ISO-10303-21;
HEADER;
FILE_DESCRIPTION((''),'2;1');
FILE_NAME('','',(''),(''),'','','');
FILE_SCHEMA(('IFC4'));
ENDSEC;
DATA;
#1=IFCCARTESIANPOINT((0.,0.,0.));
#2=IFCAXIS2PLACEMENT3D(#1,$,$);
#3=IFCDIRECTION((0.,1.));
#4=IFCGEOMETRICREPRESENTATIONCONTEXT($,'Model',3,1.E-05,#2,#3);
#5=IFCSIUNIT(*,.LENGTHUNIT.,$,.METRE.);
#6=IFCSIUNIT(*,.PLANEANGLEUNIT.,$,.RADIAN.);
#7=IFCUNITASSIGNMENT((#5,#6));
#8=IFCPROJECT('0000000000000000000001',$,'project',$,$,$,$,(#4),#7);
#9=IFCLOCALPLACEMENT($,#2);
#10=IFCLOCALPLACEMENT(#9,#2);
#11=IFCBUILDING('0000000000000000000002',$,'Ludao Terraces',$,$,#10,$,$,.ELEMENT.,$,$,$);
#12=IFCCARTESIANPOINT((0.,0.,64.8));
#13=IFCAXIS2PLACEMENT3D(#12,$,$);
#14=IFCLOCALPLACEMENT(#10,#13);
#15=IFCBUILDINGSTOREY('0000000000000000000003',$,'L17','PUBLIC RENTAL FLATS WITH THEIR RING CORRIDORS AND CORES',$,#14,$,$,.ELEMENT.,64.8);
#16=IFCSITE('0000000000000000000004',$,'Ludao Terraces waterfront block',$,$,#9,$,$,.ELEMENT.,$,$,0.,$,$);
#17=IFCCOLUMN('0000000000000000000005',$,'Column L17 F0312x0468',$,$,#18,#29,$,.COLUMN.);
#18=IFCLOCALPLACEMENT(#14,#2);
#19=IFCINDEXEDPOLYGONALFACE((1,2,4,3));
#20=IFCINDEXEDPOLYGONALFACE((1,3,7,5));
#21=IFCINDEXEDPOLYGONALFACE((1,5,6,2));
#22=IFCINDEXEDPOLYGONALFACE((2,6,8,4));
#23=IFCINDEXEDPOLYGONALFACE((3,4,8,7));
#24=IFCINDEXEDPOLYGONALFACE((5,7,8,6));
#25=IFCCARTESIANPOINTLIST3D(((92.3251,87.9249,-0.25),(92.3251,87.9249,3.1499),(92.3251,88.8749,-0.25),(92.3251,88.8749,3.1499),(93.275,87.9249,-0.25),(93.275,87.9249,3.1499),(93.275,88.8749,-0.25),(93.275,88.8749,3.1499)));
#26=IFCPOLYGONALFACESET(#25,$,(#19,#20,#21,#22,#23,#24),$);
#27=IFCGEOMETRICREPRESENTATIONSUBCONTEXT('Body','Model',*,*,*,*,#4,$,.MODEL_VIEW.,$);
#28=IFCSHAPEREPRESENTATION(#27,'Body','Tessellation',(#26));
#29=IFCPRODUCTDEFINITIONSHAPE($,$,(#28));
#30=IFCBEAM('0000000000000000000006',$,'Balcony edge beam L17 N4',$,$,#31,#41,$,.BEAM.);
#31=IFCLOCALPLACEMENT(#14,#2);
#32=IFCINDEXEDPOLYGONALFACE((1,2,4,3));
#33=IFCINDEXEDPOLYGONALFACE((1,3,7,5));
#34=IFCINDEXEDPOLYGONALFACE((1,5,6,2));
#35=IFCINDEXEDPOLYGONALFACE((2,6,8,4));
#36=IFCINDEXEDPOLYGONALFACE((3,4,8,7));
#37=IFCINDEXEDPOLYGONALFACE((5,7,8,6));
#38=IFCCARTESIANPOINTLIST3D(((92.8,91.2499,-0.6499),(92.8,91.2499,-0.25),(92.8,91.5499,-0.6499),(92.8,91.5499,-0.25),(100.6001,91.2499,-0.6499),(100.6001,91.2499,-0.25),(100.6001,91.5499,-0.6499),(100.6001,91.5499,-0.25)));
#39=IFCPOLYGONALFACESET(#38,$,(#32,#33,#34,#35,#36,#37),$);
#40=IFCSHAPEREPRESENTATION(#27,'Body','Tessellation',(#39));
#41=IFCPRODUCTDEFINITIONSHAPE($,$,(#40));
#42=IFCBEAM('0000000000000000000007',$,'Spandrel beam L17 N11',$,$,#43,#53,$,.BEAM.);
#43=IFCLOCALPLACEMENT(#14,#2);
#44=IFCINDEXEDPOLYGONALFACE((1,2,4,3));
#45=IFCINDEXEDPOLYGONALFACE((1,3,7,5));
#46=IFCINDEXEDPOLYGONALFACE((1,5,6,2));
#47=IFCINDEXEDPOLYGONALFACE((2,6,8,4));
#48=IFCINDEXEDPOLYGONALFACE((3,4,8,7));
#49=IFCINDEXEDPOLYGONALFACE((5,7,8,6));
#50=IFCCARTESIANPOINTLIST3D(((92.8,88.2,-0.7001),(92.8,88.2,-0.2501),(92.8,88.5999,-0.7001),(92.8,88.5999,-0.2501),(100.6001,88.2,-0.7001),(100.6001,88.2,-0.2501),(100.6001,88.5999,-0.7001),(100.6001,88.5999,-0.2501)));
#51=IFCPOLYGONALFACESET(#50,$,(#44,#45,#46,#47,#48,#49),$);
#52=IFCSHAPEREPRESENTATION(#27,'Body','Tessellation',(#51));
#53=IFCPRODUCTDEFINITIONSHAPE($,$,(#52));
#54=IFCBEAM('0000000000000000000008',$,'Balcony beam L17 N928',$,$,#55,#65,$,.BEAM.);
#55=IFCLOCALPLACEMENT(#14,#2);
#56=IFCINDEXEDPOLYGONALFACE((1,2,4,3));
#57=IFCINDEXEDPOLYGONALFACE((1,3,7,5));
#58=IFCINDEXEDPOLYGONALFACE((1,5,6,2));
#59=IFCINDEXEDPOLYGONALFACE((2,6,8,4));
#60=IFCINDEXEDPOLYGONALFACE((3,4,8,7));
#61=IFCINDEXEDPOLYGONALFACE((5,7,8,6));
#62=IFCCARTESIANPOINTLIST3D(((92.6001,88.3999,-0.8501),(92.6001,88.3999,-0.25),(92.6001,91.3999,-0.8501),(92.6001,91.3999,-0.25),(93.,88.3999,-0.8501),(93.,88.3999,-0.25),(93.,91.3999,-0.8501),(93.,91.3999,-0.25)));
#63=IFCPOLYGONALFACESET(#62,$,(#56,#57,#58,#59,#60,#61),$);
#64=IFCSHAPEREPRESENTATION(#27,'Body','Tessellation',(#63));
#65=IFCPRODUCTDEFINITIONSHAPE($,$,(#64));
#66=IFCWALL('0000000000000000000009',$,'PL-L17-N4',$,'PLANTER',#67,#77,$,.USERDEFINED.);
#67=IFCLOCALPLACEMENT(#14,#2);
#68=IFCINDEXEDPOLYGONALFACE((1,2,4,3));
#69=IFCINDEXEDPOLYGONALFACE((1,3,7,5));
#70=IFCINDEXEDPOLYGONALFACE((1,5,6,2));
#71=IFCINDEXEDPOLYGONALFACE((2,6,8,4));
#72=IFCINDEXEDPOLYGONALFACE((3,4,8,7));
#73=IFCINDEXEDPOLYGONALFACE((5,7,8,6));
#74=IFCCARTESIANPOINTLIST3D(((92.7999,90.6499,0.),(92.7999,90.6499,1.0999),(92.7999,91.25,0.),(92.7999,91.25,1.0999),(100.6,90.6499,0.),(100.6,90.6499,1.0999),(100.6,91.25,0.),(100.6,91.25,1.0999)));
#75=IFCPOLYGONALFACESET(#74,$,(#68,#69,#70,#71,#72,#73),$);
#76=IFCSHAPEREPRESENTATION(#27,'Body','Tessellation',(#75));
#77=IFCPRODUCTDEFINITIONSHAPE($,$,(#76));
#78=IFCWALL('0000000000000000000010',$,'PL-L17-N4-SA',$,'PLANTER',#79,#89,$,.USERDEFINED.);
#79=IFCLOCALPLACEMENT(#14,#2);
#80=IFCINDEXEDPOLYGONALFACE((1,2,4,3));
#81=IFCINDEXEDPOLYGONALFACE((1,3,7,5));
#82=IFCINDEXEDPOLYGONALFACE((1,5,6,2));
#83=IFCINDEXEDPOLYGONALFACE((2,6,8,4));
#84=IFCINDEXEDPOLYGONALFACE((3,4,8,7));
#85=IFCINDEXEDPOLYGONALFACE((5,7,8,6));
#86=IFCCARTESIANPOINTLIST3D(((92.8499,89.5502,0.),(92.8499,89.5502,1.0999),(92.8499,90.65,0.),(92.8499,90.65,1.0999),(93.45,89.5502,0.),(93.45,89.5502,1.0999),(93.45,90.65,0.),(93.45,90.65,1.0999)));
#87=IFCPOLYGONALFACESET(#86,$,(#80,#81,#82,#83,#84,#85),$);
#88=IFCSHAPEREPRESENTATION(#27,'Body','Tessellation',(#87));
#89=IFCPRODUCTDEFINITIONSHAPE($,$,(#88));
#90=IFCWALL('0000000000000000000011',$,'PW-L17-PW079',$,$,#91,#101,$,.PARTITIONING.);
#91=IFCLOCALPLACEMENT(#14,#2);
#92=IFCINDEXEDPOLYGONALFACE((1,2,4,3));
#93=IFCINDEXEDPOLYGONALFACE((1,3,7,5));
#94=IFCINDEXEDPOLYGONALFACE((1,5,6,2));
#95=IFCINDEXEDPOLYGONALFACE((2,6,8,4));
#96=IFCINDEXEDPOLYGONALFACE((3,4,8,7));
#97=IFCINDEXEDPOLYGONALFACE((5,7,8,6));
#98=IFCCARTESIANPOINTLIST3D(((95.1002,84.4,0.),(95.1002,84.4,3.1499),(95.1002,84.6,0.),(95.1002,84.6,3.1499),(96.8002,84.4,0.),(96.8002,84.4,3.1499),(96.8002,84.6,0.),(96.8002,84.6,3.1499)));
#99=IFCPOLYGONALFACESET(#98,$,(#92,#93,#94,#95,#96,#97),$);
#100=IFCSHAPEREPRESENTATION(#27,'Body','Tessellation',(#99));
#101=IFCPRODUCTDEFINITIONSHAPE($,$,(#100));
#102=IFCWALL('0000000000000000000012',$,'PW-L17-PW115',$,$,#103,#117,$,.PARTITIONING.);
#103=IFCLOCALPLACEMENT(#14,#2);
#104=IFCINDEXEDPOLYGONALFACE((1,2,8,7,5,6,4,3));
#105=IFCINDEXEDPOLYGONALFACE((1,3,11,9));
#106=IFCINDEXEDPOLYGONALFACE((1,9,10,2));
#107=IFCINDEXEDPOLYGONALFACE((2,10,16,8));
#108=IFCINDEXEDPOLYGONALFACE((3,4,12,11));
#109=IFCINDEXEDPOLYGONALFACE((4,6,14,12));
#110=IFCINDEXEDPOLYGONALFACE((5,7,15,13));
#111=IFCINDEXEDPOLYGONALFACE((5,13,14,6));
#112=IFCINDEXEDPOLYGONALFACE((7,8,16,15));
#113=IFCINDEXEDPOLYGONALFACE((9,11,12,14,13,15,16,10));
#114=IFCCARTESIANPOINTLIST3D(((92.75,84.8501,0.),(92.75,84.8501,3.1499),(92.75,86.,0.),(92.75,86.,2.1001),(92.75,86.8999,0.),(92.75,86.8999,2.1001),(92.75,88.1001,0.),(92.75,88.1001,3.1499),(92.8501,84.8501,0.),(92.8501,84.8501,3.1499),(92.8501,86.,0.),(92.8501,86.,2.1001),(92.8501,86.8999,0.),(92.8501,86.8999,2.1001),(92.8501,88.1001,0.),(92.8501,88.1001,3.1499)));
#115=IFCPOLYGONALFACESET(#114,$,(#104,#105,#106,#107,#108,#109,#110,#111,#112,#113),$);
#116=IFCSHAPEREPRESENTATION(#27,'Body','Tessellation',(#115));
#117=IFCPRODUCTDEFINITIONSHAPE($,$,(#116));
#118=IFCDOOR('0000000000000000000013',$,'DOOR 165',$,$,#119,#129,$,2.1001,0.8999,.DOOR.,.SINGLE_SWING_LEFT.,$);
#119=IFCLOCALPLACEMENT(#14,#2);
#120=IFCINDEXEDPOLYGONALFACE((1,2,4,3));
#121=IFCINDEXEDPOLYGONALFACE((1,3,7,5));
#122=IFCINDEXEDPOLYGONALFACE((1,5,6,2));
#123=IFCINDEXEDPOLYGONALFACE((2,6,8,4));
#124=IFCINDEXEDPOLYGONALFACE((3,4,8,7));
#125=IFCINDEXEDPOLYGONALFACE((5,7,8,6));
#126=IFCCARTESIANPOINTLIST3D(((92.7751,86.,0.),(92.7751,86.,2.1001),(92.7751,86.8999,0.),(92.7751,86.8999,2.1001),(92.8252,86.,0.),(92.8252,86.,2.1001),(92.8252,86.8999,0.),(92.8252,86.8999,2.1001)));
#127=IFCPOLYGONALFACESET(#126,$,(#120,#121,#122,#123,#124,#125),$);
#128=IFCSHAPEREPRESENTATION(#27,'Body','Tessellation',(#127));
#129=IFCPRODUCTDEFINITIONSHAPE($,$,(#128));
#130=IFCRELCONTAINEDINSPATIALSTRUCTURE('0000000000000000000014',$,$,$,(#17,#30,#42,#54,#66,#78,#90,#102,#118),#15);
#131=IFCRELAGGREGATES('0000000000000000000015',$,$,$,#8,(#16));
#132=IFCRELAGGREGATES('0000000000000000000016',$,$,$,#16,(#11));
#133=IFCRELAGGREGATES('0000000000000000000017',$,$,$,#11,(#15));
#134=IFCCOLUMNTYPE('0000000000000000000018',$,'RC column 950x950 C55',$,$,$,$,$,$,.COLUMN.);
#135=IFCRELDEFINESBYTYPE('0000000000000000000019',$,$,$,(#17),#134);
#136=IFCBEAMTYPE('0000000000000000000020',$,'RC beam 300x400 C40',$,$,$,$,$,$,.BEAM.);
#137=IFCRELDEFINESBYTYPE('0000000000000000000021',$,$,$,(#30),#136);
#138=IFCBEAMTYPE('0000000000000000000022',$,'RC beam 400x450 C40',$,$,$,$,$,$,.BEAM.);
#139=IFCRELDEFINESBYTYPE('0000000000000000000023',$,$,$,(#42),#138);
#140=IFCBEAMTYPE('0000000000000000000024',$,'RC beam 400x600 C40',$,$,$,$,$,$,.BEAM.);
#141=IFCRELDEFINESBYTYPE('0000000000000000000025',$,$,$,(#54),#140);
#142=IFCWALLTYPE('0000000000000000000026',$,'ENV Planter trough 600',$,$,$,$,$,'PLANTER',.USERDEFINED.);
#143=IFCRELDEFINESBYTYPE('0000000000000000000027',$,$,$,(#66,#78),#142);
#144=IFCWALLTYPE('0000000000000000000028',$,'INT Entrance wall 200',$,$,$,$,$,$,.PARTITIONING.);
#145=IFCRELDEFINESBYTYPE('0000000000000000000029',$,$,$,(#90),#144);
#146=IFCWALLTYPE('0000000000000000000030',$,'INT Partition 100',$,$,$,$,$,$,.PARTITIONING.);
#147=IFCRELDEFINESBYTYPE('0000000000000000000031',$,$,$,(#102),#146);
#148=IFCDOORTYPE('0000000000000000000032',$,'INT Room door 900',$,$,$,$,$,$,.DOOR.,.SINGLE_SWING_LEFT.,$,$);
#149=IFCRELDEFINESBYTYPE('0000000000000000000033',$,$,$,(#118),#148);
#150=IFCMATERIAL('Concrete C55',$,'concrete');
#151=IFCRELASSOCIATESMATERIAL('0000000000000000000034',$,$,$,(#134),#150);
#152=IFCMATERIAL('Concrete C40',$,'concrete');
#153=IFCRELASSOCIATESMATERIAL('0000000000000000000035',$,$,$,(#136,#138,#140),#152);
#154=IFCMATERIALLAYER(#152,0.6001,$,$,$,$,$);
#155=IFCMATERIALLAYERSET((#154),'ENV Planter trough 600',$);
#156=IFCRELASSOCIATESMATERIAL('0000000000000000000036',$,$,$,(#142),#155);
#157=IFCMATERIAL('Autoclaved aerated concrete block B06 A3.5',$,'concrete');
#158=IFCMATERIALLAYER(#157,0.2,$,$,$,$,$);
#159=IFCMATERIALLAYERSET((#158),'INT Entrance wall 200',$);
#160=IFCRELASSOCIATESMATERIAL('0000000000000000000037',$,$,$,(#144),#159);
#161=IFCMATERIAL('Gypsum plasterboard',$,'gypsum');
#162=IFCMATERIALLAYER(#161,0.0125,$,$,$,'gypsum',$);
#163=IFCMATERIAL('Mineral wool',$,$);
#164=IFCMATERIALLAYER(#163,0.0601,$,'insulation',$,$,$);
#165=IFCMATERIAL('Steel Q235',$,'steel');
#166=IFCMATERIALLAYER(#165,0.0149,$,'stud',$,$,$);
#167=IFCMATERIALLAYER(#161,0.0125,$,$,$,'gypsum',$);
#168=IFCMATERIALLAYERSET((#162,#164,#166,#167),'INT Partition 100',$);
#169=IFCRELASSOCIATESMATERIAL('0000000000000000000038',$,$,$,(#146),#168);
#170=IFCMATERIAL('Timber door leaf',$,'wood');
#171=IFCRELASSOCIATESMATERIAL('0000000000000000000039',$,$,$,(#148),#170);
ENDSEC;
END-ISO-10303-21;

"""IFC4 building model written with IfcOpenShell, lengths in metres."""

from ifc_helpers import new_model, si_unit, direction, frame, frame_2d, origin, origin_2d, place, context, subcontext, project, spatial, rectangle, extrude, material, layer, layer_set, material_profile, profile_set, type_object, element, fill, save


model = new_model("IFC4")

# Units and contexts
model_context = context("Model", 3, precision=1e-05, world=origin(), true_north=direction((0.0, 1.0)))
body_context = subcontext(model_context, "Body", "Model", "MODEL_VIEW")
ifc_project = project(units=[si_unit("LENGTHUNIT", "METRE"), si_unit("PLANEANGLEUNIT", "RADIAN")], contexts=[model_context])

# Site, building, storey
site_placement = place(None, origin())
site = spatial("IfcSite", under=ifc_project, at=site_placement, Name="Ludao Terraces waterfront block", CompositionType="ELEMENT", RefElevation=0.0)
building_placement = place(site_placement, origin())
building = spatial("IfcBuilding", under=site, at=building_placement, Name="Ludao Terraces", CompositionType="ELEMENT")
storey_placement = place(building_placement, frame((0.0, 0.0, 64.8)))
storey = spatial("IfcBuildingStorey", under=building, at=storey_placement, Name="L17", Description="PUBLIC RENTAL FLATS WITH THEIR RING CORRIDORS AND CORES", CompositionType="ELEMENT", Elevation=64.8)

# Column
ifc_material_1 = material(Name="Concrete C55", Category="concrete")
ifc_material_profile_1 = material_profile(ifc_material_1, rectangle(XDim=0.95, YDim=0.95, at=origin_2d()), Name="950 X 950")
ifc_profile_set_1 = profile_set([ifc_material_profile_1], Name="Concrete C55")
column_type = type_object("IfcColumnType", Name="RC column 950x950 C55", PredefinedType="COLUMN", material=ifc_profile_set_1)
column_placement = place(storey_placement, frame((92.8, 88.3999, -0.25), z_axis=(0.0, 0.0, 1.0), x_axis=(1.0, 0.0, 0.0)))
element("IfcColumn", 1, at=column_placement, inside=storey, type_object=column_type, Name="Column L17 F0312x0468", PredefinedType="COLUMN", context=body_context, shape_type="SweptSolid", body=[
    extrude(rectangle(XDim=0.95, YDim=0.95, at=origin_2d()), origin(), (0.0, 0.0, 1.0), 3.3999),
])

# Beams
ifc_material_2 = material(Name="Concrete C40", Category="concrete")
ifc_material_profile_2 = material_profile(ifc_material_2, rectangle(XDim=0.3, YDim=0.3999, at=origin_2d()), Name="300 X 400")
ifc_profile_set_2 = profile_set([ifc_material_profile_2], Name="Concrete C40")
beam_type_1 = type_object("IfcBeamType", Name="RC beam 300x400 C40", PredefinedType="BEAM", material=ifc_profile_set_2)
beam_1_placement = place(storey_placement, frame((92.8, 91.3999, -0.45), z_axis=(1.0, 0.0, 0.0), x_axis=(0.0, 1.0, 0.0)))
element("IfcBeam", 2, at=beam_1_placement, inside=storey, type_object=beam_type_1, Name="Balcony edge beam L17 N4", PredefinedType="BEAM", context=body_context, shape_type="SweptSolid", body=[
    extrude(rectangle(XDim=0.3, YDim=0.3999, at=origin_2d()), origin(), (0.0, 0.0, 1.0), 7.8),
])
ifc_material_profile_3 = material_profile(ifc_material_2, rectangle(XDim=0.3999, YDim=0.45, at=origin_2d()), Name="400 X 450")
ifc_profile_set_3 = profile_set([ifc_material_profile_3], Name="Concrete C40")
beam_type_2 = type_object("IfcBeamType", Name="RC beam 400x450 C40", PredefinedType="BEAM", material=ifc_profile_set_3)
beam_2_placement = place(storey_placement, frame((92.8, 88.3999, -0.4751), z_axis=(1.0, 0.0, 0.0), x_axis=(0.0, 1.0, 0.0)))
element("IfcBeam", 3, at=beam_2_placement, inside=storey, type_object=beam_type_2, Name="Spandrel beam L17 N11", PredefinedType="BEAM", context=body_context, shape_type="SweptSolid", body=[
    extrude(rectangle(XDim=0.3999, YDim=0.45, at=origin_2d()), origin(), (0.0, 0.0, 1.0), 7.8),
])
ifc_material_profile_4 = material_profile(ifc_material_2, rectangle(XDim=0.3999, YDim=0.6001, at=origin_2d()), Name="400 X 600")
ifc_profile_set_4 = profile_set([ifc_material_profile_4], Name="Concrete C40")
beam_type_3 = type_object("IfcBeamType", Name="RC beam 400x600 C40", PredefinedType="BEAM", material=ifc_profile_set_4)
beam_3_placement = place(storey_placement, frame((92.8, 88.3999, -0.55), z_axis=(0.0, 1.0, 0.0), x_axis=(-1.0, 0.0, 0.0)))
element("IfcBeam", 4, at=beam_3_placement, inside=storey, type_object=beam_type_3, Name="Balcony beam L17 N928", PredefinedType="BEAM", context=body_context, shape_type="SweptSolid", body=[
    extrude(rectangle(XDim=0.3999, YDim=0.6001, at=origin_2d()), origin(), (0.0, 0.0, 1.0), 3.0),
])

# Walls
ifc_layer_1 = layer(ifc_material_2, 0.6001)
ifc_layer_set_1 = layer_set([ifc_layer_1], Name="ENV Planter trough 600")
wall_type_1 = type_object("IfcWallType", Name="ENV Planter trough 600", ElementType="PLANTER", PredefinedType="USERDEFINED", material=ifc_layer_set_1)
wall_1_placement = place(storey_placement, frame((92.8, 90.95, 0.0), z_axis=(0.0, 0.0, 1.0), x_axis=(1.0, 0.0, 0.0)))
element("IfcWall", 5, at=wall_1_placement, inside=storey, type_object=wall_type_1, Name="PL-L17-N4", ObjectType="PLANTER", PredefinedType="USERDEFINED", context=body_context, shape_type="SweptSolid", body=[
    extrude(rectangle(XDim=7.8, YDim=0.6001, at=frame_2d((3.8999, 0.0))), origin(), (0.0, 0.0, 1.0), 1.0999),
])
wall_2_placement = place(storey_placement, frame((93.1499, 90.6499, 0.0), z_axis=(0.0, 0.0, 1.0), x_axis=(0.0, -1.0, 0.0)))
element("IfcWall", 6, at=wall_2_placement, inside=storey, type_object=wall_type_1, Name="PL-L17-N4-SA", ObjectType="PLANTER", PredefinedType="USERDEFINED", context=body_context, shape_type="SweptSolid", body=[
    extrude(rectangle(XDim=1.0999, YDim=0.6001, at=frame_2d((0.5498, 0.0))), origin(), (0.0, 0.0, 1.0), 1.0999),
])

# Shared definitions
ifc_material_3 = material(Name="Mineral wool")

# Wall
ifc_material_4 = material(Name="Autoclaved aerated concrete block B06 A3.5", Category="concrete")
ifc_layer_2 = layer(ifc_material_4, 0.2)
ifc_layer_set_2 = layer_set([ifc_layer_2], Name="INT Entrance wall 200")
wall_type_2 = type_object("IfcWallType", Name="INT Entrance wall 200", PredefinedType="PARTITIONING", material=ifc_layer_set_2)
wall_3_placement = place(storey_placement, frame((95.1001, 84.5, 0.0), z_axis=(0.0, 0.0, 1.0), x_axis=(1.0, 0.0, 0.0)))
element("IfcWall", 7, at=wall_3_placement, inside=storey, type_object=wall_type_2, Name="PW-L17-PW079", PredefinedType="PARTITIONING", context=body_context, shape_type="SweptSolid", body=[
    extrude(rectangle(XDim=1.7, YDim=0.2, at=frame_2d((0.8501, 0.0))), origin(), (0.0, 0.0, 1.0), 3.1499),
])

# Wall, opening, door
ifc_material_5 = material(Name="Gypsum plasterboard", Category="gypsum")
ifc_layer_3 = layer(ifc_material_5, 0.0125, Category="gypsum")
ifc_layer_4 = layer(ifc_material_3, 0.0601, Name="insulation")
ifc_material_6 = material(Name="Steel Q235", Category="steel")
ifc_layer_5 = layer(ifc_material_6, 0.0149, Name="stud")
ifc_layer_6 = layer(ifc_material_5, 0.0125, Category="gypsum")
ifc_layer_set_3 = layer_set([ifc_layer_3, ifc_layer_4, ifc_layer_5, ifc_layer_6], Name="INT Partition 100")
wall_type_3 = type_object("IfcWallType", Name="INT Partition 100", PredefinedType="PARTITIONING", material=ifc_layer_set_3)
wall_4_placement = place(storey_placement, frame((92.8, 84.8501, 0.0), z_axis=(0.0, 0.0, 1.0), x_axis=(0.0, 1.0, 0.0)))
wall_4 = element("IfcWall", 8, at=wall_4_placement, inside=storey, type_object=wall_type_3, Name="PW-L17-PW115", PredefinedType="PARTITIONING", context=body_context, shape_type="SweptSolid", body=[
    extrude(rectangle(XDim=3.25, YDim=0.1001, at=frame_2d((1.625, 0.0))), origin(), (0.0, 0.0, 1.0), 3.1499),
])
opening_1_placement = place(wall_4_placement, frame((1.1499, 0.0, 0.0)))
opening_1 = element("IfcOpeningElement", 9, at=opening_1_placement, cuts=wall_4, PredefinedType="OPENING", context=body_context, shape_type="SweptSolid", body=[
    extrude(rectangle(XDim=0.8999, YDim=2.1001, at=frame_2d((0.45, 1.05))), frame((0.0, 0.0601, 0.0), z_axis=(0.0, -1.0, 0.0), x_axis=(1.0, 0.0, 0.0)), (0.0, 0.0, 1.0), 0.1201),
])
ifc_material_7 = material(Name="Timber door leaf", Category="wood")
door_type_1 = type_object("IfcDoorType", Name="INT Room door 900", OperationType="SINGLE_SWING_LEFT", PredefinedType="DOOR", material=ifc_material_7)
door_1_placement = place(opening_1_placement, origin())
door_1 = element("IfcDoor", 10, at=door_1_placement, inside=storey, type_object=door_type_1, Name="DOOR 165", OperationType="SINGLE_SWING_LEFT", OverallHeight=2.1001, OverallWidth=0.8999, PredefinedType="DOOR", context=body_context, shape_type="SweptSolid", body=[
    extrude(rectangle(XDim=0.8999, YDim=2.1001, at=frame_2d((0.45, 1.05))), frame((0.0, 0.0249, 0.0), z_axis=(0.0, -1.0, 0.0), x_axis=(1.0, 0.0, 0.0)), (0.0, 0.0, 1.0), 0.05),
])
fill(opening_1, door_1)

save(model, "model.ifc")
